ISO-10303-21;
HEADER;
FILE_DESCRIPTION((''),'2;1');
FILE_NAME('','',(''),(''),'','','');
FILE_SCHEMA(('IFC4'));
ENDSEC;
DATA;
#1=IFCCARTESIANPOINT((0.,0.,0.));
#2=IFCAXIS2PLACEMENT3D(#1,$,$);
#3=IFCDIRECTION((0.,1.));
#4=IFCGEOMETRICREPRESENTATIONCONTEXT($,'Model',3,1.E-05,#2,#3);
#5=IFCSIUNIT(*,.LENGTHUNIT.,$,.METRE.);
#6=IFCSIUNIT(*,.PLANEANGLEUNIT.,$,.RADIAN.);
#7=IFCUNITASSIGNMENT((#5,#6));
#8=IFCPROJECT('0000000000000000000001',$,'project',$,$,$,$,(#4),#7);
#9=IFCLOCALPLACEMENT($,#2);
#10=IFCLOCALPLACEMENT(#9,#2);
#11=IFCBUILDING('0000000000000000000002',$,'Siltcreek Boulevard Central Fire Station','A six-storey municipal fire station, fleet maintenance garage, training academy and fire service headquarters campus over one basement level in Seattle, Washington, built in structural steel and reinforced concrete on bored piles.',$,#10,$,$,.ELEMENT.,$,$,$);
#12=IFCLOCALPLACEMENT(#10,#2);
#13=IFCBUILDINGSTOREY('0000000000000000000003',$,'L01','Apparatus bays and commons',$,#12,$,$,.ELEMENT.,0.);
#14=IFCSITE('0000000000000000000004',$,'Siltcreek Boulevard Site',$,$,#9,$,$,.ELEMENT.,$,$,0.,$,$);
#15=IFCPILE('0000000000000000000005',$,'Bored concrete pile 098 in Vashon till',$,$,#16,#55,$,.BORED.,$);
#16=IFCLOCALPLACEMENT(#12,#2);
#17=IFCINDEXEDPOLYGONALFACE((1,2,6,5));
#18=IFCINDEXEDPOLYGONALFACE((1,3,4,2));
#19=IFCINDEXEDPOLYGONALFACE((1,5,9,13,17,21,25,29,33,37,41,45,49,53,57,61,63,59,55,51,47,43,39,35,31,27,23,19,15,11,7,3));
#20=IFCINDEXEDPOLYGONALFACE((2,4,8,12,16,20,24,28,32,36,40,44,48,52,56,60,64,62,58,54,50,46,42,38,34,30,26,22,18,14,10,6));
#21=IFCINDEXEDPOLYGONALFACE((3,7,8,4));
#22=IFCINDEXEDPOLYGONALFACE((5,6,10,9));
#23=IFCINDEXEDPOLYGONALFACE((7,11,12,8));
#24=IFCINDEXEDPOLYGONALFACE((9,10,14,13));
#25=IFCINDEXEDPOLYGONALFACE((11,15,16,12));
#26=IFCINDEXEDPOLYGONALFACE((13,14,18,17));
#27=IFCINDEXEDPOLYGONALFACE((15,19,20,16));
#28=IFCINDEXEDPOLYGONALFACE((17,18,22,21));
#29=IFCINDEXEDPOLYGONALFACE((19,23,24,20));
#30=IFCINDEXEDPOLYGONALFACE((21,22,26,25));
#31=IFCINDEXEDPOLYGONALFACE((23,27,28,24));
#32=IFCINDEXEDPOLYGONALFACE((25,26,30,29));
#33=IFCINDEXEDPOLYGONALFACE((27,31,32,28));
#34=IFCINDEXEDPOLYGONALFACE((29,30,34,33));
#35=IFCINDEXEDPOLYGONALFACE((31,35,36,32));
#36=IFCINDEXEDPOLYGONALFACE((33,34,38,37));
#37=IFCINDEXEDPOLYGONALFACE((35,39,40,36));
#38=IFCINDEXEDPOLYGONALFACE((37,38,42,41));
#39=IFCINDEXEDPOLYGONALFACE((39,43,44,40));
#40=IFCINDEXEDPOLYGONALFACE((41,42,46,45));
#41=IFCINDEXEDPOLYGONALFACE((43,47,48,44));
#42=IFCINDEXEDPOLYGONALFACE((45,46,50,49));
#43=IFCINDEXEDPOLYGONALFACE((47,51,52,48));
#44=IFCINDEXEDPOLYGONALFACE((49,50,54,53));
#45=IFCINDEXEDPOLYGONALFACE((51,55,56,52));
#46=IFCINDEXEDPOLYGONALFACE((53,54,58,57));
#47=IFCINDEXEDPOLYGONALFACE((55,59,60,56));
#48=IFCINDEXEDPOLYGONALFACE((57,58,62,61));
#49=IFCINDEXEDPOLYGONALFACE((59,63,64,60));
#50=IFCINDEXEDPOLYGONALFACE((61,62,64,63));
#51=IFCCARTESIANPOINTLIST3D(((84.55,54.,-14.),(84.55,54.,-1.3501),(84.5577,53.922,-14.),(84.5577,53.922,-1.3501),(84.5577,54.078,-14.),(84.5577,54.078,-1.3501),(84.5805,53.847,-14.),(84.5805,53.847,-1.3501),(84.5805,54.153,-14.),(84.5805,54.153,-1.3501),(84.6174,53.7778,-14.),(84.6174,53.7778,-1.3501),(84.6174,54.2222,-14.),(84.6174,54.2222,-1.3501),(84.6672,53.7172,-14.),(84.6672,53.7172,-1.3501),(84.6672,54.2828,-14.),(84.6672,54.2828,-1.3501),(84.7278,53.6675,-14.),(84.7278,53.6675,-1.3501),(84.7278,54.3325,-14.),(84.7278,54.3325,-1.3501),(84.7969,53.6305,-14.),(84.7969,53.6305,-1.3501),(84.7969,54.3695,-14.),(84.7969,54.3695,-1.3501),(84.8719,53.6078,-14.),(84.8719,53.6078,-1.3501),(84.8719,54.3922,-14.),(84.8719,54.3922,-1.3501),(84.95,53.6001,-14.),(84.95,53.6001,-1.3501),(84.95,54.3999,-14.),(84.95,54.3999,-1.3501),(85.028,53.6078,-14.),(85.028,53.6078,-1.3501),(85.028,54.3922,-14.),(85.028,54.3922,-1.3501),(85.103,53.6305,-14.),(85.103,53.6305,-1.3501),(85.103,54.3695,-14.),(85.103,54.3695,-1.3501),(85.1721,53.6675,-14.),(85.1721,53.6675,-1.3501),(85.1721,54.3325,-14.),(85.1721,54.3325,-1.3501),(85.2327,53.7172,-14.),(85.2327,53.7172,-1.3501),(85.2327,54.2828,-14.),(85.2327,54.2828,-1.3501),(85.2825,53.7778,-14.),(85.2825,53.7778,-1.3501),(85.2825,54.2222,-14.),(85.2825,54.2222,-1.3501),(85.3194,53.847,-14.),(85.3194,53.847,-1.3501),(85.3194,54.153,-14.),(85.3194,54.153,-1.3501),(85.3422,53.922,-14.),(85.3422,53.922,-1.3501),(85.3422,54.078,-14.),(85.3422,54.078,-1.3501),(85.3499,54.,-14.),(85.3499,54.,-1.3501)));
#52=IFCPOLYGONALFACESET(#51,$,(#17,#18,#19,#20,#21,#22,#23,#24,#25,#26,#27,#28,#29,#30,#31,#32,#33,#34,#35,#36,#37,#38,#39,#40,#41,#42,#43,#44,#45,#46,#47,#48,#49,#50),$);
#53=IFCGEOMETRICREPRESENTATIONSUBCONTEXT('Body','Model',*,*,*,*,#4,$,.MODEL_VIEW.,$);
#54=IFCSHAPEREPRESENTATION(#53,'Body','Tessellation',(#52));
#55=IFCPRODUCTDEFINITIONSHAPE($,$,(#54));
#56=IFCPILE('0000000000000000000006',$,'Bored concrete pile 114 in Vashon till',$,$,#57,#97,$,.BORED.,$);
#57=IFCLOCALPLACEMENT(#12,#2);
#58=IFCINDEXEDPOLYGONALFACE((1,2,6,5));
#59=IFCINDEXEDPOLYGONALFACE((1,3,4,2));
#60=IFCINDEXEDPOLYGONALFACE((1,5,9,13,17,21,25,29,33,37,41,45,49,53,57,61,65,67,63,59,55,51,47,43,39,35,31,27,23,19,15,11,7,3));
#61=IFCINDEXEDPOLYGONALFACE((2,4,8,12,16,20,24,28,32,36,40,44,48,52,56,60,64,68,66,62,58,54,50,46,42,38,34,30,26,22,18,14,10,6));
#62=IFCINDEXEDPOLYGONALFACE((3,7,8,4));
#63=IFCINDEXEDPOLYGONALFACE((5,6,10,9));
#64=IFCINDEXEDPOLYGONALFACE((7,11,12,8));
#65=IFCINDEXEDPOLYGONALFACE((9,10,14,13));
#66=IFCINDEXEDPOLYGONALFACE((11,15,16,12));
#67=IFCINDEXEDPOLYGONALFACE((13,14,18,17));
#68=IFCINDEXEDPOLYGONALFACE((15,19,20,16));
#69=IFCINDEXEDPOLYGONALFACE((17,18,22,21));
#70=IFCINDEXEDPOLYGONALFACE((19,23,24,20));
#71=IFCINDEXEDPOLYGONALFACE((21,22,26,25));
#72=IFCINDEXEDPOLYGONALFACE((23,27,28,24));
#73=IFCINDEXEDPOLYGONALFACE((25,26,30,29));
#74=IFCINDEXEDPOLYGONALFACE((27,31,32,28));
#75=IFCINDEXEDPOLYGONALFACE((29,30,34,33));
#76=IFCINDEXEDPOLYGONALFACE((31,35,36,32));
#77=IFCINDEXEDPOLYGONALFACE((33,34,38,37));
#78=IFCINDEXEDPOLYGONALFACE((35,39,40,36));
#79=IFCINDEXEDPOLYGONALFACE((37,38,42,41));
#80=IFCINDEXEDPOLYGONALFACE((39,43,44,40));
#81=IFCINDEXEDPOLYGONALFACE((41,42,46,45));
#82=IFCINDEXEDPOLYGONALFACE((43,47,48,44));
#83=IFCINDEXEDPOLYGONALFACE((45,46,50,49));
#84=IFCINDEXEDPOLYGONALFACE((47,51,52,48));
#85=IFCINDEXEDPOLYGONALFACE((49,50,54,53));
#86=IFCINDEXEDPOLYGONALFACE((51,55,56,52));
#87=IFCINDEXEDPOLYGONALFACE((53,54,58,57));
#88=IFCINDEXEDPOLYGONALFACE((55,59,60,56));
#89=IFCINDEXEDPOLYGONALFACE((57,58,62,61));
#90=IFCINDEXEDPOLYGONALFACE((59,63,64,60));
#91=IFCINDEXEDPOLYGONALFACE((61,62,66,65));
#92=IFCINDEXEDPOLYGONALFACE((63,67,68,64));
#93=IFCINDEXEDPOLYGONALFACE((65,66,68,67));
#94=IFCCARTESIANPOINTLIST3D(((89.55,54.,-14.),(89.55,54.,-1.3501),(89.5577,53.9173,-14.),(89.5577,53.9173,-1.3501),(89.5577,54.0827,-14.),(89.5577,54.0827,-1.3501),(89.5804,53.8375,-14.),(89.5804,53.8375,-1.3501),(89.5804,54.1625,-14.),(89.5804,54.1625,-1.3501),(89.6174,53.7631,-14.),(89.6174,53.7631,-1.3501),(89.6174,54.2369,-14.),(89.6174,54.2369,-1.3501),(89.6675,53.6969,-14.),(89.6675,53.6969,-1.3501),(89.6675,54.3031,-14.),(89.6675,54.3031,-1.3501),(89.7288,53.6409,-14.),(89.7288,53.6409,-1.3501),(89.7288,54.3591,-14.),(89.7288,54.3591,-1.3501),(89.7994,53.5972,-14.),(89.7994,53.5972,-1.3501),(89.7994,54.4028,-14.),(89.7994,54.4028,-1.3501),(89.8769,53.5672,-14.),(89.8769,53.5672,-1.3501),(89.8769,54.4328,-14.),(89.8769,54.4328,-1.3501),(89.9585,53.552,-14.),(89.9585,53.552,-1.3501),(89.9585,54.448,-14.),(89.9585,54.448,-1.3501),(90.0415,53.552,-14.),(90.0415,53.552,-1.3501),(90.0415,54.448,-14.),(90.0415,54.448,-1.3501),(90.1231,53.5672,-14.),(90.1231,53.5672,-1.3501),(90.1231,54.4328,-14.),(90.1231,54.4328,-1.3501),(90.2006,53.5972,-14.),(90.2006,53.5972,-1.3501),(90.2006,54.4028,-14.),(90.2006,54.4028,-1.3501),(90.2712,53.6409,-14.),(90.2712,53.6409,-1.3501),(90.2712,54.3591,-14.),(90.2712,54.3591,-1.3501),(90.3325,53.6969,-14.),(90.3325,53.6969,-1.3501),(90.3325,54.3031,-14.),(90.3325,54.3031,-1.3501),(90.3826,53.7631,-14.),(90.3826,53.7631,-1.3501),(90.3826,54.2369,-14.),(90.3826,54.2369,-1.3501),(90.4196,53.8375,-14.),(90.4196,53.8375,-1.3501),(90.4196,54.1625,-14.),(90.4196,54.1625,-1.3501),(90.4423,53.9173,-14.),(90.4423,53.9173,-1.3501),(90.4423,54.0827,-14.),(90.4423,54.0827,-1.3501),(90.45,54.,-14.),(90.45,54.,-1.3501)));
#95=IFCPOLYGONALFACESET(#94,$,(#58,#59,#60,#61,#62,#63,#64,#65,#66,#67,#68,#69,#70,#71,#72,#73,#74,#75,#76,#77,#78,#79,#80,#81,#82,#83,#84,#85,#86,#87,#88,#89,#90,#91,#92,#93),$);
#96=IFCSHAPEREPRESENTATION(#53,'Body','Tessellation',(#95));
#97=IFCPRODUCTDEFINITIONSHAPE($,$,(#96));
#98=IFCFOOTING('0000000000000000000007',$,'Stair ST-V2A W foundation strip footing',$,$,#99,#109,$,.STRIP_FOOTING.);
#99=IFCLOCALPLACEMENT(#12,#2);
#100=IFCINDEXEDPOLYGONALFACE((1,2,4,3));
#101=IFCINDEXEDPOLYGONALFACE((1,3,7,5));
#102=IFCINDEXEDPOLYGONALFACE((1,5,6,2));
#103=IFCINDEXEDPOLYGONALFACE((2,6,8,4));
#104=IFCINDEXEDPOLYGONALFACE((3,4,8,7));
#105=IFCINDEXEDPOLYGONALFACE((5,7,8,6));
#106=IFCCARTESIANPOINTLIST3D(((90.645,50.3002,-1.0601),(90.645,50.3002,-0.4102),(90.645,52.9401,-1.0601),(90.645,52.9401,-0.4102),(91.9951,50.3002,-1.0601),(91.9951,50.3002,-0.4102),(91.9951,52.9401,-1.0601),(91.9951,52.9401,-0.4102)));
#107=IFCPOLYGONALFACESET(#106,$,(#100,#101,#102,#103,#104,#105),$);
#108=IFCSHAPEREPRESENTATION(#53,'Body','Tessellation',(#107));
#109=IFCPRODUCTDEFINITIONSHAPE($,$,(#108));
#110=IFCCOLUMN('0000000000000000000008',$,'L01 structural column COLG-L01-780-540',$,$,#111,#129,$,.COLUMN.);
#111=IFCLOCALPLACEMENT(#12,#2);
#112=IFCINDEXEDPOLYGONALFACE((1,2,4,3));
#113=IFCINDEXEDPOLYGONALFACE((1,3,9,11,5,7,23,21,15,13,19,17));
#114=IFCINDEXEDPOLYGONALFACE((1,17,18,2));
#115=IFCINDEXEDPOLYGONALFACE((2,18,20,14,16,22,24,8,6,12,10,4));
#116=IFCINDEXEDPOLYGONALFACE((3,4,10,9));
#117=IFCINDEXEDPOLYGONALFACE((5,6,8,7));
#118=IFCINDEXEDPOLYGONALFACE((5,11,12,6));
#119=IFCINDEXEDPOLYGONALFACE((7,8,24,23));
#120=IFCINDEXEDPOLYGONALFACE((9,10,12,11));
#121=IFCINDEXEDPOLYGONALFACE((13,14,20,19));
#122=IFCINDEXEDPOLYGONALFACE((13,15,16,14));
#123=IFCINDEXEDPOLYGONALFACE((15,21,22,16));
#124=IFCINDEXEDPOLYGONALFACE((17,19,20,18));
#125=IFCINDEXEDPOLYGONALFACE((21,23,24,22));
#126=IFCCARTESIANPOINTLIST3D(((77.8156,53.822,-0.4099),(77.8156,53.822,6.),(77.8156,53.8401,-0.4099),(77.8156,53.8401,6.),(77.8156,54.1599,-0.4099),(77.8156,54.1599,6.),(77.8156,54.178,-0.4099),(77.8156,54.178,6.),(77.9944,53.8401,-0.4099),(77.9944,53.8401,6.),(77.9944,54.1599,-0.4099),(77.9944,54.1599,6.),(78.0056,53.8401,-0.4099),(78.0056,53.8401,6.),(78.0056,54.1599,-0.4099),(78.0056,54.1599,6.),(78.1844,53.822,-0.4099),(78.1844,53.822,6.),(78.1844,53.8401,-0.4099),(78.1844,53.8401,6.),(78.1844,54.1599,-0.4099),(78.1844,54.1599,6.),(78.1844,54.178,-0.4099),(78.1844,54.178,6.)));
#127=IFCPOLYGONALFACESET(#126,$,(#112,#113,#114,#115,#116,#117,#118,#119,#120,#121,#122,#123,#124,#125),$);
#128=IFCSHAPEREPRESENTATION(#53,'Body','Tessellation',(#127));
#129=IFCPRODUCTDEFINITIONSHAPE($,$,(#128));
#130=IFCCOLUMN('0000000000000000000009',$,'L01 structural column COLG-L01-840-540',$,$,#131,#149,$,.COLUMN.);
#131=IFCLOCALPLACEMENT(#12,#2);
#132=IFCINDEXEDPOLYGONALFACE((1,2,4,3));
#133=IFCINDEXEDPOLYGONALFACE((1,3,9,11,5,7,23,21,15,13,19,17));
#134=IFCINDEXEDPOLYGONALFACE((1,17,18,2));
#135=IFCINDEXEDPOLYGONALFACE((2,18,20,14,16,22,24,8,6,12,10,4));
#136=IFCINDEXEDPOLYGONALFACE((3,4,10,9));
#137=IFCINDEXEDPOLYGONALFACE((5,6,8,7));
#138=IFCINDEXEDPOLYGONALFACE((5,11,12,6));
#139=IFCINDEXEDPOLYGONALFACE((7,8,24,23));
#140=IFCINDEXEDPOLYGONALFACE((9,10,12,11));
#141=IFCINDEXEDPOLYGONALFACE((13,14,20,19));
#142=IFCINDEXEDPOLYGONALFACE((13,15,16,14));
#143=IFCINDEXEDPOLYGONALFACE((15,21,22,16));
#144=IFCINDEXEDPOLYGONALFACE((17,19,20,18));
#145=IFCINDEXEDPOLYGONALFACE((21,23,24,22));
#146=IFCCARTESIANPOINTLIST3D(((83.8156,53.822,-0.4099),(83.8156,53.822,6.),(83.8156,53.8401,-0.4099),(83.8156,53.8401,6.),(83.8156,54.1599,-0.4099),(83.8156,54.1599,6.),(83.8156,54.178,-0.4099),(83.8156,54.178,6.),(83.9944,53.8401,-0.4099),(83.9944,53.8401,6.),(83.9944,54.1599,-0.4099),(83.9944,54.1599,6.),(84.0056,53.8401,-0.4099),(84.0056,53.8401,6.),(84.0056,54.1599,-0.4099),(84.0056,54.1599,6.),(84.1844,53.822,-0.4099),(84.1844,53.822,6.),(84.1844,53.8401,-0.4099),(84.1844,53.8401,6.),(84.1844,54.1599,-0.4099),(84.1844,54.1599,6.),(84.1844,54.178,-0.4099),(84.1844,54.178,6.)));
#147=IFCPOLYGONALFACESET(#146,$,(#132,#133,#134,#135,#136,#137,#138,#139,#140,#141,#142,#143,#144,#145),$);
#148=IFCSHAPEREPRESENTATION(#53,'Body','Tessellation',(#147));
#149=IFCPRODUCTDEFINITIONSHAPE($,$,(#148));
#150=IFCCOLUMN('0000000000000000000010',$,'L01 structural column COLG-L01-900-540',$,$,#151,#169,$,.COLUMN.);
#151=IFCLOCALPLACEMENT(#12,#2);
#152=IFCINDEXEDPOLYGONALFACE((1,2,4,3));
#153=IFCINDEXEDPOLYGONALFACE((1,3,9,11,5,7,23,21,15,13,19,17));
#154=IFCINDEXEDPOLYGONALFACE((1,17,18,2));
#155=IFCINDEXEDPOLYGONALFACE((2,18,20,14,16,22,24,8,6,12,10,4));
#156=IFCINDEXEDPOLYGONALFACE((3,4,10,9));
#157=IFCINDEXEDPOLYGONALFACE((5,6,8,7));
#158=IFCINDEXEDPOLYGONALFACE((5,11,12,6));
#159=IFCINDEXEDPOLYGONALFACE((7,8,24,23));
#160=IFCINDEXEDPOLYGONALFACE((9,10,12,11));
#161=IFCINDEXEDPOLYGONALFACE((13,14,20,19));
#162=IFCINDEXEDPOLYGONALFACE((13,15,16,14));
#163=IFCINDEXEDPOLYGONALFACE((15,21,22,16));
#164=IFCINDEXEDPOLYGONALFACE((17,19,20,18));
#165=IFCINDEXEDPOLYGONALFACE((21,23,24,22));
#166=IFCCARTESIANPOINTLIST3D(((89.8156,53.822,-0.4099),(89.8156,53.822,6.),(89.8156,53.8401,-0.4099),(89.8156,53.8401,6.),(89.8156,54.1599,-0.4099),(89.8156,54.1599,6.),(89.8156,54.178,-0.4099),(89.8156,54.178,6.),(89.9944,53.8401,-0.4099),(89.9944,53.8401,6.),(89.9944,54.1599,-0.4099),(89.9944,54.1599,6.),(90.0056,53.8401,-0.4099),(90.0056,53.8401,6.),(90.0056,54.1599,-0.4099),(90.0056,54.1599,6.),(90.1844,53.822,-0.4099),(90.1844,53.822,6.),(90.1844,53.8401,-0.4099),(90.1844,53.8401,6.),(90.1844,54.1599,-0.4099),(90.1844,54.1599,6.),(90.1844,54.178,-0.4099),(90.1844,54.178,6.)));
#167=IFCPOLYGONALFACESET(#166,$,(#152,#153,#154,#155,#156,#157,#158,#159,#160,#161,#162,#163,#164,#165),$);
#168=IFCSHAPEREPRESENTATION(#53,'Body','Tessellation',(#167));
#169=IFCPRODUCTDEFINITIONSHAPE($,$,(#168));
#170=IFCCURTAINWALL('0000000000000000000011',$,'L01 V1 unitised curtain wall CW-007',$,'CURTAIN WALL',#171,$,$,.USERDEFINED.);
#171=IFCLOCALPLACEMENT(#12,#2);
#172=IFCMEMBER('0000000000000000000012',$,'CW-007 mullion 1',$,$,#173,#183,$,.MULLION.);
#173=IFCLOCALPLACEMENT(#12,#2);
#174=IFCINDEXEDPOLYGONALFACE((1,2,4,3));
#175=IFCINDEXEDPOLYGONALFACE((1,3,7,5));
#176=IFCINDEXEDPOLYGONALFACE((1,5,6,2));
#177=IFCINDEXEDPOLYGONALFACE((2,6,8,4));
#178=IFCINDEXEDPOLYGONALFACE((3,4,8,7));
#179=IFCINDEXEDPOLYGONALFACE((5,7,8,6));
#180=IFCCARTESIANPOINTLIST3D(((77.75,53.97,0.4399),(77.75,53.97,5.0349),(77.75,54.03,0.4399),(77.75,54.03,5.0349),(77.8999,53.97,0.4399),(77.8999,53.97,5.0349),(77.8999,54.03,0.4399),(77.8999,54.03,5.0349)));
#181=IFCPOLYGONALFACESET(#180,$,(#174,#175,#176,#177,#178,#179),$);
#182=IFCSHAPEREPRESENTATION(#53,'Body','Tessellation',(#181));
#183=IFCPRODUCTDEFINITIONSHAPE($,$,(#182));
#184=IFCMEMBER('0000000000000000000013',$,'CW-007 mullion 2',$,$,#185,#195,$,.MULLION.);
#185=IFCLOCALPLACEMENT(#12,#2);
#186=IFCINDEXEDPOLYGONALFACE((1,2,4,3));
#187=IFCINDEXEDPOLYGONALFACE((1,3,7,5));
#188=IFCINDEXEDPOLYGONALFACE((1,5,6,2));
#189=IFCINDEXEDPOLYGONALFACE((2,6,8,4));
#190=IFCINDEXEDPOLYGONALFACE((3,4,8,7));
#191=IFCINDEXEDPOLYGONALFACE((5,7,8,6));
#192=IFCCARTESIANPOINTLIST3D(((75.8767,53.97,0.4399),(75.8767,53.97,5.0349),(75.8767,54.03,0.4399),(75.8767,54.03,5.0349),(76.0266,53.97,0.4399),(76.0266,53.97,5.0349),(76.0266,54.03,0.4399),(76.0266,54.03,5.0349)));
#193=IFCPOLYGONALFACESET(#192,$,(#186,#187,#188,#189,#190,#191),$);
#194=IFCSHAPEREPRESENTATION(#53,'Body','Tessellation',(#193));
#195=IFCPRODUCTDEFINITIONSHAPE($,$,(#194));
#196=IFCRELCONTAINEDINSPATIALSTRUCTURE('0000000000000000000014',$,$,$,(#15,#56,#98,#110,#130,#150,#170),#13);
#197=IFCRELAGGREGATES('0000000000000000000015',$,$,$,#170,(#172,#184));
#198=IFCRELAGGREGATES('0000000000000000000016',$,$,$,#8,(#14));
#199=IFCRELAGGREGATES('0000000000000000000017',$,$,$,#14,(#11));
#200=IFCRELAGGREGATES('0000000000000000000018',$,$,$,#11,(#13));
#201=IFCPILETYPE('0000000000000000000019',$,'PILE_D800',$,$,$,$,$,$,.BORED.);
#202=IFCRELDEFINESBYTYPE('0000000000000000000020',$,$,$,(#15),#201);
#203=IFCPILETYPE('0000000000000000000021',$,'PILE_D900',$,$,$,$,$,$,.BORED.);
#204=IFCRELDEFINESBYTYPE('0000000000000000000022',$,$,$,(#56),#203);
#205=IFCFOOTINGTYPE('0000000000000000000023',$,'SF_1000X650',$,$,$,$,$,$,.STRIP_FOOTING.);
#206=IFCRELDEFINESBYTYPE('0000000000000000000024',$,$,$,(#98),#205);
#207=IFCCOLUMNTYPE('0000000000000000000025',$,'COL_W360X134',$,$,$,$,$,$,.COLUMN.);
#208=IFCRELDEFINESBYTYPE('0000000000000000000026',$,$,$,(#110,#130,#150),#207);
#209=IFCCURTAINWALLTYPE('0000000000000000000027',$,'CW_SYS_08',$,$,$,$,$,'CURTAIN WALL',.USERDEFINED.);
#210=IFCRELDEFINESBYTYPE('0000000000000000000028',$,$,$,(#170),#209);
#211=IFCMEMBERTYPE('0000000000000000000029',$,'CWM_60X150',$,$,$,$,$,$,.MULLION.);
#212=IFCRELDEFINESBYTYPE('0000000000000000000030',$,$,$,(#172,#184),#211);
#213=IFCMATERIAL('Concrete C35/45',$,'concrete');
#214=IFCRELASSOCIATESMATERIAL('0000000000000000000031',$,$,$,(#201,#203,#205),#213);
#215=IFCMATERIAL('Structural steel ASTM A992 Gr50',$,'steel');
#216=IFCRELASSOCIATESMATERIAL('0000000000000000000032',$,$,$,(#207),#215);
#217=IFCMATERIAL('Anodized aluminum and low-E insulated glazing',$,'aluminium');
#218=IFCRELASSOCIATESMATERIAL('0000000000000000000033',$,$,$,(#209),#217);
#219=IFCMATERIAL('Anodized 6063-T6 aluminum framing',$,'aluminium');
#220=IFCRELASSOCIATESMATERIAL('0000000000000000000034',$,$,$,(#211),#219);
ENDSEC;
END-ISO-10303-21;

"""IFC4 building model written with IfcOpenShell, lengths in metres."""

from ifc_helpers import new_model, si_unit, direction, frame, origin, origin_2d, place, context, subcontext, project, spatial, rectangle, circle, i_section, extrude, material, material_profile, profile_set, type_object, element, aggregate, save


model = new_model("IFC4")

# Units and contexts
model_context = context("Model", 3, precision=1e-05, world=origin(), true_north=direction((0.0, 1.0)))
body_context = subcontext(model_context, "Body", "Model", "MODEL_VIEW")
ifc_project = project(units=[si_unit("LENGTHUNIT", "METRE"), si_unit("PLANEANGLEUNIT", "RADIAN")], contexts=[model_context])

# Site, building, storey
site_placement = place(None, origin())
site = spatial("IfcSite", under=ifc_project, at=site_placement, Name="Siltcreek Boulevard Site", CompositionType="ELEMENT", RefElevation=0.0)
building_placement = place(site_placement, origin())
building = spatial("IfcBuilding", under=site, at=building_placement, Name="Siltcreek Boulevard Central Fire Station", Description="A six-storey municipal fire station, fleet maintenance garage, training academy and fire service headquarters campus over one basement level in Seattle, Washington, built in structural steel and reinforced concrete on bored piles.", CompositionType="ELEMENT")
storey_placement = place(building_placement, origin())
storey = spatial("IfcBuildingStorey", under=building, at=storey_placement, Name="L01", Description="Apparatus bays and commons", CompositionType="ELEMENT", Elevation=0.0)

# Shared definitions
ifc_material_1 = material(Name="Concrete C35/45", Category="concrete")

# Piles
ifc_material_profile_1 = material_profile(ifc_material_1, circle(Radius=0.3999, at=origin_2d()), Name="SHAFT800")
ifc_profile_set_1 = profile_set([ifc_material_profile_1], Name="Concrete C35/45")
pile_type_1 = type_object("IfcPileType", Name="PILE_D800", PredefinedType="BORED", material=ifc_profile_set_1)
for number, where, z_axis, x_axis, name in (
    (1, (84.95, 54.0, -1.3501), (0.0, 0.0, -1.0), (1.0, 0.0, 0.0), "Bored concrete pile 098 in Vashon till"),
):
    element("IfcPile", number, at=place(storey_placement, frame(where, z_axis=z_axis, x_axis=x_axis)), inside=storey, type_object=pile_type_1, Name=name, PredefinedType="BORED", context=body_context, shape_type="SweptSolid", body=[
        extrude(circle(Radius=0.3999, at=origin_2d()), origin(), (0.0, 0.0, 1.0), 12.6499),
    ])
ifc_material_profile_2 = material_profile(ifc_material_1, circle(Radius=0.45, at=origin_2d()), Name="SHAFT900")
ifc_profile_set_2 = profile_set([ifc_material_profile_2], Name="Concrete C35/45")
pile_type_2 = type_object("IfcPileType", Name="PILE_D900", PredefinedType="BORED", material=ifc_profile_set_2)
pile_placement = place(storey_placement, frame((90.0, 54.0, -1.3501), z_axis=(0.0, 0.0, -1.0), x_axis=(1.0, 0.0, 0.0)))
element("IfcPile", 2, at=pile_placement, inside=storey, type_object=pile_type_2, Name="Bored concrete pile 114 in Vashon till", PredefinedType="BORED", context=body_context, shape_type="SweptSolid", body=[
    extrude(circle(Radius=0.45, at=origin_2d()), origin(), (0.0, 0.0, 1.0), 12.6499),
])

# Footing
footing_type_1 = type_object("IfcFootingType", Name="SF_1000X650", PredefinedType="STRIP_FOOTING", material=ifc_material_1)
footing_1_placement = place(storey_placement, frame((91.3201, 51.6201, -1.0601), z_axis=(0.0, 0.0, 1.0), x_axis=(1.0, 0.0, 0.0)))
element("IfcFooting", 3, at=footing_1_placement, inside=storey, type_object=footing_type_1, Name="Stair ST-V2A W foundation strip footing", PredefinedType="STRIP_FOOTING", context=body_context, shape_type="SweptSolid", body=[
    extrude(rectangle(XDim=1.3501, YDim=2.6399, at=origin_2d()), origin(), (0.0, 0.0, 1.0), 0.6499),
])

# Columns
ifc_material_2 = material(Name="Structural steel ASTM A992 Gr50", Category="steel")
ifc_material_profile_3 = material_profile(ifc_material_2, i_section(OverallWidth=0.3689, OverallDepth=0.356, WebThickness=0.0112, FlangeThickness=0.0181, at=origin_2d()), Name="W360X134")
ifc_profile_set_3 = profile_set([ifc_material_profile_3], Name="Structural steel ASTM A992 Gr50")
column_type = type_object("IfcColumnType", Name="COL_W360X134", PredefinedType="COLUMN", material=ifc_profile_set_3)
for number, where, z_axis, x_axis, name in (
    (4, (78.0, 54.0, -0.4099), (0.0, 0.0, 1.0), (1.0, 0.0, 0.0), "L01 structural column COLG-L01-780-540"),
    (5, (84.0, 54.0, -0.4099), (0.0, 0.0, 1.0), (1.0, 0.0, 0.0), "L01 structural column COLG-L01-840-540"),
    (6, (90.0, 54.0, -0.4099), (0.0, 0.0, 1.0), (1.0, 0.0, 0.0), "L01 structural column COLG-L01-900-540"),
):
    element("IfcColumn", number, at=place(storey_placement, frame(where, z_axis=z_axis, x_axis=x_axis)), inside=storey, type_object=column_type, Name=name, PredefinedType="COLUMN", context=body_context, shape_type="SweptSolid", body=[
        extrude(i_section(OverallWidth=0.3689, OverallDepth=0.356, WebThickness=0.0112, FlangeThickness=0.0181, at=origin_2d()), origin(), (0.0, 0.0, 1.0), 6.4099),
    ])

# Curtain wall, members
ifc_material_3 = material(Name="Anodized aluminum and low-E insulated glazing", Category="aluminium")
curtain_wall_type = type_object("IfcCurtainWallType", Name="CW_SYS_08", ElementType="CURTAIN WALL", PredefinedType="USERDEFINED", material=ifc_material_3)
curtain_wall_placement = place(storey_placement, origin())
curtain_wall = element("IfcCurtainWall", 7, at=curtain_wall_placement, inside=storey, type_object=curtain_wall_type, Name="L01 V1 unitised curtain wall CW-007", ObjectType="CURTAIN WALL", PredefinedType="USERDEFINED")
ifc_material_4 = material(Name="Anodized 6063-T6 aluminum framing", Category="aluminium")
ifc_material_profile_4 = material_profile(ifc_material_4, rectangle(XDim=0.0601, YDim=0.1499, at=origin_2d()), Name="MULL60X150")
ifc_profile_set_4 = profile_set([ifc_material_profile_4], Name="Anodized 6063-T6 aluminum framing")
member_type_1 = type_object("IfcMemberType", Name="CWM_60X150", PredefinedType="MULLION", material=ifc_profile_set_4)
member_1_placement = place(storey_placement, frame((77.825, 54.0, 0.4399), z_axis=(0.0, 0.0, 1.0), x_axis=(0.0, -1.0, 0.0)))
member_1 = element("IfcMember", 8, at=member_1_placement, type_object=member_type_1, Name="CW-007 mullion 1", PredefinedType="MULLION", context=body_context, shape_type="SweptSolid", body=[
    extrude(rectangle(XDim=0.0601, YDim=0.1499, at=origin_2d()), origin(), (0.0, 0.0, 1.0), 4.595),
])
member_2_placement = place(storey_placement, frame((75.9517, 54.0, 0.4399), z_axis=(0.0, 0.0, 1.0), x_axis=(0.0, -1.0, 0.0)))
member_2 = element("IfcMember", 9, at=member_2_placement, type_object=member_type_1, Name="CW-007 mullion 2", PredefinedType="MULLION", context=body_context, shape_type="SweptSolid", body=[
    extrude(rectangle(XDim=0.0601, YDim=0.1499, at=origin_2d()), origin(), (0.0, 0.0, 1.0), 4.595),
])

aggregate(curtain_wall, [member_1, member_2])

save(model, "model.ifc")
